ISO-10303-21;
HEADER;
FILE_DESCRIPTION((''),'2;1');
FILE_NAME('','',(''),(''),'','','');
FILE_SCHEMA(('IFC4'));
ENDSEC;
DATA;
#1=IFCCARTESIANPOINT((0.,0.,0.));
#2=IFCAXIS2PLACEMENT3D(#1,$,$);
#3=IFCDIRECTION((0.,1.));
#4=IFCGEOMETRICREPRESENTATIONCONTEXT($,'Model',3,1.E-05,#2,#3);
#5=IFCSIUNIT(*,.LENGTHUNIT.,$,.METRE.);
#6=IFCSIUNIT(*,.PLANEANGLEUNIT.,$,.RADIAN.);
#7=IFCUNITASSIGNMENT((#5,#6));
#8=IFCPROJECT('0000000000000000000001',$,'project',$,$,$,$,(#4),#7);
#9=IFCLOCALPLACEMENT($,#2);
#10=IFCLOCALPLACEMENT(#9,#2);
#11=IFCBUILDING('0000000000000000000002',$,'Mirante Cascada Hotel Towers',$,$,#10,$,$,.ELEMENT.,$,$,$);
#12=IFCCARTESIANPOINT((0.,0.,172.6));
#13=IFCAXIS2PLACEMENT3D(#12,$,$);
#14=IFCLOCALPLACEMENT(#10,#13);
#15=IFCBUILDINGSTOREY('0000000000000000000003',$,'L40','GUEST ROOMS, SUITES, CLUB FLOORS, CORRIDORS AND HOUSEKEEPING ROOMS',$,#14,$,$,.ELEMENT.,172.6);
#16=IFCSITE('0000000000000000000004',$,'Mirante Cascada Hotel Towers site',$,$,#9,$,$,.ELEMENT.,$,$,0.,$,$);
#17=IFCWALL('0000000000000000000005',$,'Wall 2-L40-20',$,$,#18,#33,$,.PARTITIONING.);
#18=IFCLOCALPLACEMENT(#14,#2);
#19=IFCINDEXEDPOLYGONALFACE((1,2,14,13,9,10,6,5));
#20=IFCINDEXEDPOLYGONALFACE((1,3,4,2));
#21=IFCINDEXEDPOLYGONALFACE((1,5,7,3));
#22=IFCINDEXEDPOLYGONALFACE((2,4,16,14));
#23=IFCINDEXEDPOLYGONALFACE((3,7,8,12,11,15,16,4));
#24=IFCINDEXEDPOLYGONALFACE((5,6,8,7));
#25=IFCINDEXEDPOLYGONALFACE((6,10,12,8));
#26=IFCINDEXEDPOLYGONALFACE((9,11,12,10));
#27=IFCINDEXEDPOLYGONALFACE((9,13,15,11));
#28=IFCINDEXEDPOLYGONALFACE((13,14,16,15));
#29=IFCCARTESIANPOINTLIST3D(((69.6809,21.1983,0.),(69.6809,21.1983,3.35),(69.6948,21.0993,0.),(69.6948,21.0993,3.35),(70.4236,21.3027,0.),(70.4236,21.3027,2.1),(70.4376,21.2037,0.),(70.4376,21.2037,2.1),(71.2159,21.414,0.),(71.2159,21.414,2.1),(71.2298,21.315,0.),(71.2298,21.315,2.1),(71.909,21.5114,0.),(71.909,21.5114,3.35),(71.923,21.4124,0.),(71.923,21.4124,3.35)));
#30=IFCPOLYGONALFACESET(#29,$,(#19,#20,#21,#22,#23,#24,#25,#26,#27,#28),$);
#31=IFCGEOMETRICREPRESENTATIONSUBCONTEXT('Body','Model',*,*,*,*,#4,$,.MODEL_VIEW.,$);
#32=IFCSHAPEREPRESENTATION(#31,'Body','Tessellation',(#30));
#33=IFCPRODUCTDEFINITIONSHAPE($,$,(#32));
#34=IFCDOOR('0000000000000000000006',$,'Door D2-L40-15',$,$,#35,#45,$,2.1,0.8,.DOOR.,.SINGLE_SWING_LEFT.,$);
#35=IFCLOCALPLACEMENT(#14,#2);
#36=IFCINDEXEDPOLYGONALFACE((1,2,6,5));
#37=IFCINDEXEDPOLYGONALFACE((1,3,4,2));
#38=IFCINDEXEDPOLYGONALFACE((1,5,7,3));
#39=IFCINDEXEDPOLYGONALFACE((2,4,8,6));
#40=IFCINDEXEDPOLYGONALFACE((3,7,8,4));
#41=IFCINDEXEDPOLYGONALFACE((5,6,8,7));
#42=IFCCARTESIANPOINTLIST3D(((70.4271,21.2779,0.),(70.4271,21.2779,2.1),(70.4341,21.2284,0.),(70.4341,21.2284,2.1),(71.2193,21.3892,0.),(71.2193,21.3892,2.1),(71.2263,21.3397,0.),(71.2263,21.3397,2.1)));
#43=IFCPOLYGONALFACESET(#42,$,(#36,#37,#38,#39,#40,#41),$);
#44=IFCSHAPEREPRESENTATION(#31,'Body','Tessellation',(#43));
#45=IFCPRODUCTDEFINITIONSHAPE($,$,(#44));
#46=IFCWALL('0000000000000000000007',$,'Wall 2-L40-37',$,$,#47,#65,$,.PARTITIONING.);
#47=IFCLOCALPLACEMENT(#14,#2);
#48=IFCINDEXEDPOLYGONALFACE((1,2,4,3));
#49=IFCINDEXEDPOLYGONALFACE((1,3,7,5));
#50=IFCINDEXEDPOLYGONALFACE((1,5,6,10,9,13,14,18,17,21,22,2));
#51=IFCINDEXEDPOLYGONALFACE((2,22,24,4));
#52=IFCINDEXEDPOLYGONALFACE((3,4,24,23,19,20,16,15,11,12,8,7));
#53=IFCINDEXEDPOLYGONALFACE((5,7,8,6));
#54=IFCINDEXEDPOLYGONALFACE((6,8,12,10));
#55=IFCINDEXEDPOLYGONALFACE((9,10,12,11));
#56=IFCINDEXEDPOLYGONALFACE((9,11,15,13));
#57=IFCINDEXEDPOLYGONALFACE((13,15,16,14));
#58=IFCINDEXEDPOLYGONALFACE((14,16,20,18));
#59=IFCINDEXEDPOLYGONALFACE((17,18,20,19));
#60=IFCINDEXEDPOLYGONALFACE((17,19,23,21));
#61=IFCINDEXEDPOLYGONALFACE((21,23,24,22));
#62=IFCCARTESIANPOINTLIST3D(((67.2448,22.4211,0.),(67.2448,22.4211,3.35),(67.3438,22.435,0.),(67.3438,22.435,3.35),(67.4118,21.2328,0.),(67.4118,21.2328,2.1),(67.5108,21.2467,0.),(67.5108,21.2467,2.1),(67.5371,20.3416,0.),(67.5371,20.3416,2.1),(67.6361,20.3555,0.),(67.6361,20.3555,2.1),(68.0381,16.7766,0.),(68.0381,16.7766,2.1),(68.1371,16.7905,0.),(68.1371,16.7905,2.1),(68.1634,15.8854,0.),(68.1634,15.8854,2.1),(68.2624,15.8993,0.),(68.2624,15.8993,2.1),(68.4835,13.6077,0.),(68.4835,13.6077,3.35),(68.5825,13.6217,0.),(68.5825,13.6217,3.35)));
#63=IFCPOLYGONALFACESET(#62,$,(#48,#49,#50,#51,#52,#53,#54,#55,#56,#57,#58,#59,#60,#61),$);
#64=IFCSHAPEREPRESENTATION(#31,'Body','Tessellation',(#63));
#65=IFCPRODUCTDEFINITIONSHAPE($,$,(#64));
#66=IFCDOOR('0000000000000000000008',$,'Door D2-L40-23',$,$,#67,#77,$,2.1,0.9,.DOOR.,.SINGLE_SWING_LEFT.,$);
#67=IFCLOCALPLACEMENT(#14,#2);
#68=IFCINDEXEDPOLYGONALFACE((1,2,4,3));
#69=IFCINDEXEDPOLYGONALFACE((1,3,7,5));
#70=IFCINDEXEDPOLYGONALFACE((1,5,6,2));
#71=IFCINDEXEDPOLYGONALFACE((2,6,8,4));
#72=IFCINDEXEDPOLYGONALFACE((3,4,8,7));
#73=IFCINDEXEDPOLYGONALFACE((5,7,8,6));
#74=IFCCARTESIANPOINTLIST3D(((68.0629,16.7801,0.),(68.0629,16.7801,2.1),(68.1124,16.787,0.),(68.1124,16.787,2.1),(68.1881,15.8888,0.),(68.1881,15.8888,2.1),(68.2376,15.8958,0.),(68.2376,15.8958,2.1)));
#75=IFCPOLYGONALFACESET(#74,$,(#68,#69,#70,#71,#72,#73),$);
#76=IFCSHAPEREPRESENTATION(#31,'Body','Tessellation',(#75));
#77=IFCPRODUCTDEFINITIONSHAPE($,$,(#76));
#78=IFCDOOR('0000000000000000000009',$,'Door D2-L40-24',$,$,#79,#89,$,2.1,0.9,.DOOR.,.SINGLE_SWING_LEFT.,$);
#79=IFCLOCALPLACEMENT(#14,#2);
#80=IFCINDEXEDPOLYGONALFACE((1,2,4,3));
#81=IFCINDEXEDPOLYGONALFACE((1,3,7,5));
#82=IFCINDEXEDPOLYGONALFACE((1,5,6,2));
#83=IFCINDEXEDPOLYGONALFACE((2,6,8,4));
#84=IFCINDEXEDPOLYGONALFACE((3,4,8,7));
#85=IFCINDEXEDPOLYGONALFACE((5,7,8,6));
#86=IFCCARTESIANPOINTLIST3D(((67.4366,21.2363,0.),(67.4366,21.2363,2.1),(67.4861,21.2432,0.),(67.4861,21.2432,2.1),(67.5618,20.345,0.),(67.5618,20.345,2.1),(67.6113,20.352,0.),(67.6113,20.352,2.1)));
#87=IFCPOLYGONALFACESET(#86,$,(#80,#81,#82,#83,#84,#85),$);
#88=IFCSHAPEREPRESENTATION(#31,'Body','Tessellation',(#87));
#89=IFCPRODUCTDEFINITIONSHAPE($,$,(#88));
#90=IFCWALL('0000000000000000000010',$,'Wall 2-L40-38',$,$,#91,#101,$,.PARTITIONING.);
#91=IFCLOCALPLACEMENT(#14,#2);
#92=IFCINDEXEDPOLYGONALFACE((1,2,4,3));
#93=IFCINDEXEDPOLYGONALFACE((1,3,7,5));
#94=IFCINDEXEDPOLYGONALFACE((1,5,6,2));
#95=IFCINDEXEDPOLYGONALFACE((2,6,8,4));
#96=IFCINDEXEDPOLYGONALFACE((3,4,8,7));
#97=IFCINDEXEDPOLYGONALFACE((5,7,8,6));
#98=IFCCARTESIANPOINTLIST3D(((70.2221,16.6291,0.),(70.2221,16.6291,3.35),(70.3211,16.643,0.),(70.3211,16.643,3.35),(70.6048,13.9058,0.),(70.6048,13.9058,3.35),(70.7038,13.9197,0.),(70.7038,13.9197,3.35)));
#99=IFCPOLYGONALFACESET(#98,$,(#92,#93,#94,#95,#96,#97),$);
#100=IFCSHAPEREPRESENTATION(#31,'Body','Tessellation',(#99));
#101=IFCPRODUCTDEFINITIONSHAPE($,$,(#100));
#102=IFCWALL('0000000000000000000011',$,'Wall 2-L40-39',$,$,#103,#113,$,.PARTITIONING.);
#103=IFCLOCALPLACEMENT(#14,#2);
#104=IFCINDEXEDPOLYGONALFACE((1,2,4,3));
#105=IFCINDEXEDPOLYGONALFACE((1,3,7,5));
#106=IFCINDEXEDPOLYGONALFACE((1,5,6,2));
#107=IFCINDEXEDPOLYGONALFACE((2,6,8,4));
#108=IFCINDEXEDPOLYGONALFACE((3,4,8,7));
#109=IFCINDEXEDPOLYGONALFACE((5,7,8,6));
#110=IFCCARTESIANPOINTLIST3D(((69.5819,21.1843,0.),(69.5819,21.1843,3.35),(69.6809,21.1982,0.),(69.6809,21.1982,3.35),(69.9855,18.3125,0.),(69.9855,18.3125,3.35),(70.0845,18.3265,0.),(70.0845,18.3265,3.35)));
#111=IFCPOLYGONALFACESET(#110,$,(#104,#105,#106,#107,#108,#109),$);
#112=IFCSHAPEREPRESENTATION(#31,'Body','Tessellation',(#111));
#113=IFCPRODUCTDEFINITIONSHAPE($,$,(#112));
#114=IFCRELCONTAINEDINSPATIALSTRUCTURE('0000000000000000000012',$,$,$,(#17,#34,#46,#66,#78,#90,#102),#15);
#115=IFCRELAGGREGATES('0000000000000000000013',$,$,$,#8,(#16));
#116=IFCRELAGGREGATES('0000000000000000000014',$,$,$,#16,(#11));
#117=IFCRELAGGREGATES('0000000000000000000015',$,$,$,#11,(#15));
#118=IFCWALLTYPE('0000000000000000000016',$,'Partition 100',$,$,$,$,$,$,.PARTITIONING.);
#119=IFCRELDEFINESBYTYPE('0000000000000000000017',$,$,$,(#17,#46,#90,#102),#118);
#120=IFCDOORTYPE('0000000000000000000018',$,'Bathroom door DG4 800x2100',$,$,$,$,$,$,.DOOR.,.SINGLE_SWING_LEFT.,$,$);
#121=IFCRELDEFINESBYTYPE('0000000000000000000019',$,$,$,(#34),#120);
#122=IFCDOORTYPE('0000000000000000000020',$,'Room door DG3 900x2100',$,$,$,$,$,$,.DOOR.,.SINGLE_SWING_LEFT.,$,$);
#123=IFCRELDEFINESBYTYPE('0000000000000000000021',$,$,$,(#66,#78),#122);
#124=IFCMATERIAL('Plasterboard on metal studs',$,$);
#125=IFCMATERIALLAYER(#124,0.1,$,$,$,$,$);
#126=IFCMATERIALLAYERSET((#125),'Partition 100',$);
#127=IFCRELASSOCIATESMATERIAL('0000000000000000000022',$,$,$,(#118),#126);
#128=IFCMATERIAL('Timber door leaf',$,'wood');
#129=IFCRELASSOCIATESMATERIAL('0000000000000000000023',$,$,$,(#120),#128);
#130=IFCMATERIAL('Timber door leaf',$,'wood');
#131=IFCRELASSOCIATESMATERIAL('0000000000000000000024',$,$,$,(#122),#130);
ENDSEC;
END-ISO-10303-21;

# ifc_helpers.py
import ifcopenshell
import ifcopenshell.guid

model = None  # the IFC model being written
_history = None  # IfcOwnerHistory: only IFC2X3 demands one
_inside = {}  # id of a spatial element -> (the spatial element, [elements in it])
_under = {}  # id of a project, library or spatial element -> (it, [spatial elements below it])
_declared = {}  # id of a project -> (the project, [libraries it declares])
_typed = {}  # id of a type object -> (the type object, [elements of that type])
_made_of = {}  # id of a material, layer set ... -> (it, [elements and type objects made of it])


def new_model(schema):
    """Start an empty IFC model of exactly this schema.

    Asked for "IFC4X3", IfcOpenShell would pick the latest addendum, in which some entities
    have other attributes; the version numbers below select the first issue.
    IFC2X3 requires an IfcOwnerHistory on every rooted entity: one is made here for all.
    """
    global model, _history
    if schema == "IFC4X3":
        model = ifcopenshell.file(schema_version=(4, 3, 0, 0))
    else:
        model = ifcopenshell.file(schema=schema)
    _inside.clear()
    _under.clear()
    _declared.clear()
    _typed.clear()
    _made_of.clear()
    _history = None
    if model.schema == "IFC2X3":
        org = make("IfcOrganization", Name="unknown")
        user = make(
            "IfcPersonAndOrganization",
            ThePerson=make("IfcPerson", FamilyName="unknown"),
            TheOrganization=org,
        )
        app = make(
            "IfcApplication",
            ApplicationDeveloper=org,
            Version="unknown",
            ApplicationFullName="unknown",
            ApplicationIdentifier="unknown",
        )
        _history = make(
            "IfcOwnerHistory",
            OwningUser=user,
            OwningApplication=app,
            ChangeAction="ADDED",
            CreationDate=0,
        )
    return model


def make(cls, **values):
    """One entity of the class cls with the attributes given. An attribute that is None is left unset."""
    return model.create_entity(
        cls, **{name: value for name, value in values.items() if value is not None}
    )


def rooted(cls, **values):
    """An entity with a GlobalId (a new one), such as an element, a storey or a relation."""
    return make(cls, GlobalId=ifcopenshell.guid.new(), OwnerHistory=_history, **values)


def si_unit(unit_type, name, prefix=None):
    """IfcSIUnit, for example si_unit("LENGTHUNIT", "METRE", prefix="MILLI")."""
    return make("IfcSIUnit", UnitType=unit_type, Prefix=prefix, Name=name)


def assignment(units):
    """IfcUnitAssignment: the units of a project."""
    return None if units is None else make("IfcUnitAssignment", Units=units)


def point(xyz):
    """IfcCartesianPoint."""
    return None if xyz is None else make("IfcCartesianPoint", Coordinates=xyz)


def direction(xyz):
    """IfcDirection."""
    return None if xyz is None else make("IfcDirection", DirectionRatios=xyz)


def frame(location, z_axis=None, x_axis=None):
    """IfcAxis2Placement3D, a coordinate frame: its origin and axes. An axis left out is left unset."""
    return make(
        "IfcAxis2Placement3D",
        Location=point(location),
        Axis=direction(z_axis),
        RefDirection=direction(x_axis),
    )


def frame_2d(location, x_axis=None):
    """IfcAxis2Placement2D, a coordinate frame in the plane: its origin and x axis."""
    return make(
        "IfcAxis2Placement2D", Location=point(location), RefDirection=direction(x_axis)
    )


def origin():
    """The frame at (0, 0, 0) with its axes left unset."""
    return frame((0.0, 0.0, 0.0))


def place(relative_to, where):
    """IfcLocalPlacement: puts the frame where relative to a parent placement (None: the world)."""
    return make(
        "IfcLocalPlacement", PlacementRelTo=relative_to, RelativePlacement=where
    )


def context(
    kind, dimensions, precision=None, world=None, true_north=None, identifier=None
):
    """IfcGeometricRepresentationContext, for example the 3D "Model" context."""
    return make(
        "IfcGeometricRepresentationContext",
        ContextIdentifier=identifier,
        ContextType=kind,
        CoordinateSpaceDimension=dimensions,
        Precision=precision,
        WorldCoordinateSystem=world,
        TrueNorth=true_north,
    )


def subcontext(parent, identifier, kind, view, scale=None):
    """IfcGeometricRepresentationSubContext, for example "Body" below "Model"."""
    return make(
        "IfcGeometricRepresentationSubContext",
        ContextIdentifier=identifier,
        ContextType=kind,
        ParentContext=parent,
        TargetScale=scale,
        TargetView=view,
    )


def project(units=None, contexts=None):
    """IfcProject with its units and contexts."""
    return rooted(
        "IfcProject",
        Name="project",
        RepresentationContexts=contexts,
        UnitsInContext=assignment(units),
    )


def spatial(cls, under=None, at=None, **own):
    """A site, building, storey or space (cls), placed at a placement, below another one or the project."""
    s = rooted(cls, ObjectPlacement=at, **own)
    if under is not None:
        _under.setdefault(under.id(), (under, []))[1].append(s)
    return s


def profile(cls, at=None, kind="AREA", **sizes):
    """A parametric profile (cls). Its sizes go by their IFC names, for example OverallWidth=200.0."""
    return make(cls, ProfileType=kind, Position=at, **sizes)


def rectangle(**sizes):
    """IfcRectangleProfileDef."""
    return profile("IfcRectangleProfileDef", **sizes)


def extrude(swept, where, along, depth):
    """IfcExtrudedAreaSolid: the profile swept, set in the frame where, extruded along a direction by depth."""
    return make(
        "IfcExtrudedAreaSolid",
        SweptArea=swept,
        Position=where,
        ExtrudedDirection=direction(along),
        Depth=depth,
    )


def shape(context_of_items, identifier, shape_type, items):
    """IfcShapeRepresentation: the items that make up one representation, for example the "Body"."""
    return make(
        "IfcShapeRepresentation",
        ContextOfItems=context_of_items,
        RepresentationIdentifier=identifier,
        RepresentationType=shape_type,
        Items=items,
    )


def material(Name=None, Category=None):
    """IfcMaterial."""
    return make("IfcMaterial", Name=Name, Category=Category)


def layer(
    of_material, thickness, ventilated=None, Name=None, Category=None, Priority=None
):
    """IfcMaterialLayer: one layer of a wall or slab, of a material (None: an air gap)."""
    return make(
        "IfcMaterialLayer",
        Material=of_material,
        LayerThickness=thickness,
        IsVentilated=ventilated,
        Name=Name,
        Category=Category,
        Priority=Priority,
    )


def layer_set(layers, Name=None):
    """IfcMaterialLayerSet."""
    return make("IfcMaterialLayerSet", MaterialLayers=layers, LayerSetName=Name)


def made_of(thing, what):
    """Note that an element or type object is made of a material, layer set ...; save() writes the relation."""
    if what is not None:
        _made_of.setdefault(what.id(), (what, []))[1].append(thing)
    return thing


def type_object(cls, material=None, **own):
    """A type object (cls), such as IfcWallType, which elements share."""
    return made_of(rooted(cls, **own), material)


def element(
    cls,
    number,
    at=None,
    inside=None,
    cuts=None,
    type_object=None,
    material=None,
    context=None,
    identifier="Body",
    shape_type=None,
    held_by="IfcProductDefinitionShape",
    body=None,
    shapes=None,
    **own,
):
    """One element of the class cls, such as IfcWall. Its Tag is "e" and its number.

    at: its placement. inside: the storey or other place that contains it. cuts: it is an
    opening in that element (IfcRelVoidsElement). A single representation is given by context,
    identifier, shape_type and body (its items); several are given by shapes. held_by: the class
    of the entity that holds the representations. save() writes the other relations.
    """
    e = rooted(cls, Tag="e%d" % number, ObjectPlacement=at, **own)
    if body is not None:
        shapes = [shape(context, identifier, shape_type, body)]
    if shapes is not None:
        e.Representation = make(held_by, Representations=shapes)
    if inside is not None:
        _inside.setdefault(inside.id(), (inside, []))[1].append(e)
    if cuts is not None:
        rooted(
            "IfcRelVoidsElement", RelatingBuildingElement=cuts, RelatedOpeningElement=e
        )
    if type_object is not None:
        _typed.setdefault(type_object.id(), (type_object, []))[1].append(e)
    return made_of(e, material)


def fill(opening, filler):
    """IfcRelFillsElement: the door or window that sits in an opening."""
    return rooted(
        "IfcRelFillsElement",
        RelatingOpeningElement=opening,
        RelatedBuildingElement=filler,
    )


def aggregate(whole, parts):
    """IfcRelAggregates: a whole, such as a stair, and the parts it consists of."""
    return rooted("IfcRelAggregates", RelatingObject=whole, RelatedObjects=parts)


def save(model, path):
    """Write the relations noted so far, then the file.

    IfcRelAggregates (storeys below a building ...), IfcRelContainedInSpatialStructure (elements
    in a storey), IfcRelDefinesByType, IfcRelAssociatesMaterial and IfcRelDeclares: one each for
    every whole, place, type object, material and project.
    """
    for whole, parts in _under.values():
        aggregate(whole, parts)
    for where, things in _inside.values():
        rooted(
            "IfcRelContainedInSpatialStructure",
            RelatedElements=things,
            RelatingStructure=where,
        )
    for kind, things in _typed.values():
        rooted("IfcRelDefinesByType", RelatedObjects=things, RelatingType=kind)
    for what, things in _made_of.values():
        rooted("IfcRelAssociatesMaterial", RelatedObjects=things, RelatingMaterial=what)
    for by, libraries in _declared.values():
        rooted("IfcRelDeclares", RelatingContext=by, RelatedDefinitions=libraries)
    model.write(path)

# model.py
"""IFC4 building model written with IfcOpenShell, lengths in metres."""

from ifc_helpers import new_model, si_unit, direction, frame, frame_2d, origin, place, context, subcontext, project, spatial, rectangle, extrude, material, layer, layer_set, type_object, element, fill, save


model = new_model("IFC4")

# Units and contexts
model_context = context("Model", 3, precision=1e-05, world=origin(), true_north=direction((0.0, 1.0)))
body_context = subcontext(model_context, "Body", "Model", "MODEL_VIEW")
ifc_project = project(units=[si_unit("LENGTHUNIT", "METRE"), si_unit("PLANEANGLEUNIT", "RADIAN")], contexts=[model_context])

# Site, building, storey
site_placement = place(None, origin())
site = spatial("IfcSite", under=ifc_project, at=site_placement, Name="Mirante Cascada Hotel Towers site", CompositionType="ELEMENT", RefElevation=0.0)
building_placement = place(site_placement, origin())
building = spatial("IfcBuilding", under=site, at=building_placement, Name="Mirante Cascada Hotel Towers", CompositionType="ELEMENT")
storey_placement = place(building_placement, frame((0.0, 0.0, 172.6)))
storey = spatial("IfcBuildingStorey", under=building, at=storey_placement, Name="L40", Description="GUEST ROOMS, SUITES, CLUB FLOORS, CORRIDORS AND HOUSEKEEPING ROOMS", CompositionType="ELEMENT", Elevation=172.6)

# Shared definitions
ifc_material_1 = material(Name="Plasterboard on metal studs")
ifc_layer_1 = layer(ifc_material_1, 0.1)
ifc_layer_set_1 = layer_set([ifc_layer_1], Name="Partition 100")
wall_type_1 = type_object("IfcWallType", Name="Partition 100", PredefinedType="PARTITIONING", material=ifc_layer_set_1)
ifc_material_2 = material(Name="Timber door leaf", Category="wood")
door_type_1 = type_object("IfcDoorType", Name="Bathroom door DG4 800x2100", OperationType="SINGLE_SWING_LEFT", PredefinedType="DOOR", material=ifc_material_2)

# Wall, opening, door
wall_1_placement = place(storey_placement, frame((71.916, 21.4619, 0.0), z_axis=(0.0, 0.0, 1.0), x_axis=(-0.990271, -0.139156, 0.0)))
wall_1 = element("IfcWall", 1, at=wall_1_placement, inside=storey, type_object=wall_type_1, Name="Wall 2-L40-20", PredefinedType="PARTITIONING", context=body_context, shape_type="SweptSolid", body=[
    extrude(rectangle(XDim=2.25, YDim=0.1, at=frame_2d((1.125, 0.0))), origin(), (0.0, 0.0, 1.0), 3.35),
])
opening_1_placement = place(wall_1_placement, frame((0.7, 0.0, 0.0)))
opening_1 = element("IfcOpeningElement", 2, at=opening_1_placement, cuts=wall_1, PredefinedType="OPENING", context=body_context, shape_type="SweptSolid", body=[
    extrude(rectangle(XDim=0.8, YDim=2.1, at=frame_2d((0.4, 1.05))), frame((0.0, 0.05, 0.0), z_axis=(0.0, -1.0, 0.0), x_axis=(1.0, 0.0, 0.0)), (0.0, 0.0, 1.0), 0.1),
])
door_1_placement = place(opening_1_placement, origin())
door_1 = element("IfcDoor", 3, at=door_1_placement, inside=storey, type_object=door_type_1, Name="Door D2-L40-15", OperationType="SINGLE_SWING_LEFT", OverallHeight=2.1, OverallWidth=0.8, PredefinedType="DOOR", context=body_context, shape_type="SweptSolid", body=[
    extrude(rectangle(XDim=0.8, YDim=2.1, at=frame_2d((0.4, 1.05))), frame((0.0, 0.025, 0.0), z_axis=(0.0, -1.0, 0.0), x_axis=(1.0, 0.0, 0.0)), (0.0, 0.0, 1.0), 0.05),
])
fill(opening_1, door_1)

# Wall, openings, doors
wall_2_placement = place(storey_placement, frame((68.533, 13.6147, 0.0), z_axis=(0.0, 0.0, 1.0), x_axis=(-0.139179, 0.990267, 0.0)))
wall_2 = element("IfcWall", 4, at=wall_2_placement, inside=storey, type_object=wall_type_1, Name="Wall 2-L40-37", PredefinedType="PARTITIONING", context=body_context, shape_type="SweptSolid", body=[
    extrude(rectangle(XDim=8.9, YDim=0.1, at=frame_2d((4.45, 0.0))), origin(), (0.0, 0.0, 1.0), 3.35),
])
opening_2_placement = place(wall_2_placement, frame((2.3, 0.0, 0.0)))
opening_2 = element("IfcOpeningElement", 5, at=opening_2_placement, cuts=wall_2, PredefinedType="OPENING", context=body_context, shape_type="SweptSolid", body=[
    extrude(rectangle(XDim=0.9, YDim=2.1, at=frame_2d((0.45, 1.05))), frame((0.0, 0.05, 0.0), z_axis=(0.0, -1.0, 0.0), x_axis=(1.0, 0.0, 0.0)), (0.0, 0.0, 1.0), 0.1),
])
opening_3_placement = place(wall_2_placement, frame((6.8, 0.0, 0.0)))
opening_3 = element("IfcOpeningElement", 6, at=opening_3_placement, cuts=wall_2, PredefinedType="OPENING", context=body_context, shape_type="SweptSolid", body=[
    extrude(rectangle(XDim=0.9, YDim=2.1, at=frame_2d((0.45, 1.05))), frame((0.0, 0.05, 0.0), z_axis=(0.0, -1.0, 0.0), x_axis=(1.0, 0.0, 0.0)), (0.0, 0.0, 1.0), 0.1),
])
ifc_material_3 = material(Name="Timber door leaf", Category="wood")
door_type_2 = type_object("IfcDoorType", Name="Room door DG3 900x2100", OperationType="SINGLE_SWING_LEFT", PredefinedType="DOOR", material=ifc_material_3)
door_2_placement = place(opening_2_placement, origin())
door_2 = element("IfcDoor", 7, at=door_2_placement, inside=storey, type_object=door_type_2, Name="Door D2-L40-23", OperationType="SINGLE_SWING_LEFT", OverallHeight=2.1, OverallWidth=0.9, PredefinedType="DOOR", context=body_context, shape_type="SweptSolid", body=[
    extrude(rectangle(XDim=0.9, YDim=2.1, at=frame_2d((0.45, 1.05))), frame((0.0, 0.025, 0.0), z_axis=(0.0, -1.0, 0.0), x_axis=(1.0, 0.0, 0.0)), (0.0, 0.0, 1.0), 0.05),
])
fill(opening_2, door_2)
door_3_placement = place(opening_3_placement, origin())
door_3 = element("IfcDoor", 8, at=door_3_placement, inside=storey, type_object=door_type_2, Name="Door D2-L40-24", OperationType="SINGLE_SWING_LEFT", OverallHeight=2.1, OverallWidth=0.9, PredefinedType="DOOR", context=body_context, shape_type="SweptSolid", body=[
    extrude(rectangle(XDim=0.9, YDim=2.1, at=frame_2d((0.45, 1.05))), frame((0.0, 0.025, 0.0), z_axis=(0.0, -1.0, 0.0), x_axis=(1.0, 0.0, 0.0)), (0.0, 0.0, 1.0), 0.05),
])
fill(opening_3, door_3)

# Walls
wall_3_placement = place(storey_placement, frame((70.2716, 16.6361, 0.0), z_axis=(0.0, 0.0, 1.0), x_axis=(0.139161, -0.99027, 0.0)))
element("IfcWall", 9, at=wall_3_placement, inside=storey, type_object=wall_type_1, Name="Wall 2-L40-38", PredefinedType="PARTITIONING", context=body_context, shape_type="SweptSolid", body=[
    extrude(rectangle(XDim=2.7501, YDim=0.1, at=frame_2d((1.3751, 0.0))), origin(), (0.0, 0.0, 1.0), 3.35),
])
wall_4_placement = place(storey_placement, frame((70.035, 18.3195, 0.0), z_axis=(0.0, 0.0, 1.0), x_axis=(-0.139171, 0.990268, 0.0)))
element("IfcWall", 10, at=wall_4_placement, inside=storey, type_object=wall_type_1, Name="Wall 2-L40-39", PredefinedType="PARTITIONING", context=body_context, shape_type="SweptSolid", body=[
    extrude(rectangle(XDim=2.9, YDim=0.1, at=frame_2d((1.45, 0.0))), origin(), (0.0, 0.0, 1.0), 3.35),
])

save(model, "model.ifc")
